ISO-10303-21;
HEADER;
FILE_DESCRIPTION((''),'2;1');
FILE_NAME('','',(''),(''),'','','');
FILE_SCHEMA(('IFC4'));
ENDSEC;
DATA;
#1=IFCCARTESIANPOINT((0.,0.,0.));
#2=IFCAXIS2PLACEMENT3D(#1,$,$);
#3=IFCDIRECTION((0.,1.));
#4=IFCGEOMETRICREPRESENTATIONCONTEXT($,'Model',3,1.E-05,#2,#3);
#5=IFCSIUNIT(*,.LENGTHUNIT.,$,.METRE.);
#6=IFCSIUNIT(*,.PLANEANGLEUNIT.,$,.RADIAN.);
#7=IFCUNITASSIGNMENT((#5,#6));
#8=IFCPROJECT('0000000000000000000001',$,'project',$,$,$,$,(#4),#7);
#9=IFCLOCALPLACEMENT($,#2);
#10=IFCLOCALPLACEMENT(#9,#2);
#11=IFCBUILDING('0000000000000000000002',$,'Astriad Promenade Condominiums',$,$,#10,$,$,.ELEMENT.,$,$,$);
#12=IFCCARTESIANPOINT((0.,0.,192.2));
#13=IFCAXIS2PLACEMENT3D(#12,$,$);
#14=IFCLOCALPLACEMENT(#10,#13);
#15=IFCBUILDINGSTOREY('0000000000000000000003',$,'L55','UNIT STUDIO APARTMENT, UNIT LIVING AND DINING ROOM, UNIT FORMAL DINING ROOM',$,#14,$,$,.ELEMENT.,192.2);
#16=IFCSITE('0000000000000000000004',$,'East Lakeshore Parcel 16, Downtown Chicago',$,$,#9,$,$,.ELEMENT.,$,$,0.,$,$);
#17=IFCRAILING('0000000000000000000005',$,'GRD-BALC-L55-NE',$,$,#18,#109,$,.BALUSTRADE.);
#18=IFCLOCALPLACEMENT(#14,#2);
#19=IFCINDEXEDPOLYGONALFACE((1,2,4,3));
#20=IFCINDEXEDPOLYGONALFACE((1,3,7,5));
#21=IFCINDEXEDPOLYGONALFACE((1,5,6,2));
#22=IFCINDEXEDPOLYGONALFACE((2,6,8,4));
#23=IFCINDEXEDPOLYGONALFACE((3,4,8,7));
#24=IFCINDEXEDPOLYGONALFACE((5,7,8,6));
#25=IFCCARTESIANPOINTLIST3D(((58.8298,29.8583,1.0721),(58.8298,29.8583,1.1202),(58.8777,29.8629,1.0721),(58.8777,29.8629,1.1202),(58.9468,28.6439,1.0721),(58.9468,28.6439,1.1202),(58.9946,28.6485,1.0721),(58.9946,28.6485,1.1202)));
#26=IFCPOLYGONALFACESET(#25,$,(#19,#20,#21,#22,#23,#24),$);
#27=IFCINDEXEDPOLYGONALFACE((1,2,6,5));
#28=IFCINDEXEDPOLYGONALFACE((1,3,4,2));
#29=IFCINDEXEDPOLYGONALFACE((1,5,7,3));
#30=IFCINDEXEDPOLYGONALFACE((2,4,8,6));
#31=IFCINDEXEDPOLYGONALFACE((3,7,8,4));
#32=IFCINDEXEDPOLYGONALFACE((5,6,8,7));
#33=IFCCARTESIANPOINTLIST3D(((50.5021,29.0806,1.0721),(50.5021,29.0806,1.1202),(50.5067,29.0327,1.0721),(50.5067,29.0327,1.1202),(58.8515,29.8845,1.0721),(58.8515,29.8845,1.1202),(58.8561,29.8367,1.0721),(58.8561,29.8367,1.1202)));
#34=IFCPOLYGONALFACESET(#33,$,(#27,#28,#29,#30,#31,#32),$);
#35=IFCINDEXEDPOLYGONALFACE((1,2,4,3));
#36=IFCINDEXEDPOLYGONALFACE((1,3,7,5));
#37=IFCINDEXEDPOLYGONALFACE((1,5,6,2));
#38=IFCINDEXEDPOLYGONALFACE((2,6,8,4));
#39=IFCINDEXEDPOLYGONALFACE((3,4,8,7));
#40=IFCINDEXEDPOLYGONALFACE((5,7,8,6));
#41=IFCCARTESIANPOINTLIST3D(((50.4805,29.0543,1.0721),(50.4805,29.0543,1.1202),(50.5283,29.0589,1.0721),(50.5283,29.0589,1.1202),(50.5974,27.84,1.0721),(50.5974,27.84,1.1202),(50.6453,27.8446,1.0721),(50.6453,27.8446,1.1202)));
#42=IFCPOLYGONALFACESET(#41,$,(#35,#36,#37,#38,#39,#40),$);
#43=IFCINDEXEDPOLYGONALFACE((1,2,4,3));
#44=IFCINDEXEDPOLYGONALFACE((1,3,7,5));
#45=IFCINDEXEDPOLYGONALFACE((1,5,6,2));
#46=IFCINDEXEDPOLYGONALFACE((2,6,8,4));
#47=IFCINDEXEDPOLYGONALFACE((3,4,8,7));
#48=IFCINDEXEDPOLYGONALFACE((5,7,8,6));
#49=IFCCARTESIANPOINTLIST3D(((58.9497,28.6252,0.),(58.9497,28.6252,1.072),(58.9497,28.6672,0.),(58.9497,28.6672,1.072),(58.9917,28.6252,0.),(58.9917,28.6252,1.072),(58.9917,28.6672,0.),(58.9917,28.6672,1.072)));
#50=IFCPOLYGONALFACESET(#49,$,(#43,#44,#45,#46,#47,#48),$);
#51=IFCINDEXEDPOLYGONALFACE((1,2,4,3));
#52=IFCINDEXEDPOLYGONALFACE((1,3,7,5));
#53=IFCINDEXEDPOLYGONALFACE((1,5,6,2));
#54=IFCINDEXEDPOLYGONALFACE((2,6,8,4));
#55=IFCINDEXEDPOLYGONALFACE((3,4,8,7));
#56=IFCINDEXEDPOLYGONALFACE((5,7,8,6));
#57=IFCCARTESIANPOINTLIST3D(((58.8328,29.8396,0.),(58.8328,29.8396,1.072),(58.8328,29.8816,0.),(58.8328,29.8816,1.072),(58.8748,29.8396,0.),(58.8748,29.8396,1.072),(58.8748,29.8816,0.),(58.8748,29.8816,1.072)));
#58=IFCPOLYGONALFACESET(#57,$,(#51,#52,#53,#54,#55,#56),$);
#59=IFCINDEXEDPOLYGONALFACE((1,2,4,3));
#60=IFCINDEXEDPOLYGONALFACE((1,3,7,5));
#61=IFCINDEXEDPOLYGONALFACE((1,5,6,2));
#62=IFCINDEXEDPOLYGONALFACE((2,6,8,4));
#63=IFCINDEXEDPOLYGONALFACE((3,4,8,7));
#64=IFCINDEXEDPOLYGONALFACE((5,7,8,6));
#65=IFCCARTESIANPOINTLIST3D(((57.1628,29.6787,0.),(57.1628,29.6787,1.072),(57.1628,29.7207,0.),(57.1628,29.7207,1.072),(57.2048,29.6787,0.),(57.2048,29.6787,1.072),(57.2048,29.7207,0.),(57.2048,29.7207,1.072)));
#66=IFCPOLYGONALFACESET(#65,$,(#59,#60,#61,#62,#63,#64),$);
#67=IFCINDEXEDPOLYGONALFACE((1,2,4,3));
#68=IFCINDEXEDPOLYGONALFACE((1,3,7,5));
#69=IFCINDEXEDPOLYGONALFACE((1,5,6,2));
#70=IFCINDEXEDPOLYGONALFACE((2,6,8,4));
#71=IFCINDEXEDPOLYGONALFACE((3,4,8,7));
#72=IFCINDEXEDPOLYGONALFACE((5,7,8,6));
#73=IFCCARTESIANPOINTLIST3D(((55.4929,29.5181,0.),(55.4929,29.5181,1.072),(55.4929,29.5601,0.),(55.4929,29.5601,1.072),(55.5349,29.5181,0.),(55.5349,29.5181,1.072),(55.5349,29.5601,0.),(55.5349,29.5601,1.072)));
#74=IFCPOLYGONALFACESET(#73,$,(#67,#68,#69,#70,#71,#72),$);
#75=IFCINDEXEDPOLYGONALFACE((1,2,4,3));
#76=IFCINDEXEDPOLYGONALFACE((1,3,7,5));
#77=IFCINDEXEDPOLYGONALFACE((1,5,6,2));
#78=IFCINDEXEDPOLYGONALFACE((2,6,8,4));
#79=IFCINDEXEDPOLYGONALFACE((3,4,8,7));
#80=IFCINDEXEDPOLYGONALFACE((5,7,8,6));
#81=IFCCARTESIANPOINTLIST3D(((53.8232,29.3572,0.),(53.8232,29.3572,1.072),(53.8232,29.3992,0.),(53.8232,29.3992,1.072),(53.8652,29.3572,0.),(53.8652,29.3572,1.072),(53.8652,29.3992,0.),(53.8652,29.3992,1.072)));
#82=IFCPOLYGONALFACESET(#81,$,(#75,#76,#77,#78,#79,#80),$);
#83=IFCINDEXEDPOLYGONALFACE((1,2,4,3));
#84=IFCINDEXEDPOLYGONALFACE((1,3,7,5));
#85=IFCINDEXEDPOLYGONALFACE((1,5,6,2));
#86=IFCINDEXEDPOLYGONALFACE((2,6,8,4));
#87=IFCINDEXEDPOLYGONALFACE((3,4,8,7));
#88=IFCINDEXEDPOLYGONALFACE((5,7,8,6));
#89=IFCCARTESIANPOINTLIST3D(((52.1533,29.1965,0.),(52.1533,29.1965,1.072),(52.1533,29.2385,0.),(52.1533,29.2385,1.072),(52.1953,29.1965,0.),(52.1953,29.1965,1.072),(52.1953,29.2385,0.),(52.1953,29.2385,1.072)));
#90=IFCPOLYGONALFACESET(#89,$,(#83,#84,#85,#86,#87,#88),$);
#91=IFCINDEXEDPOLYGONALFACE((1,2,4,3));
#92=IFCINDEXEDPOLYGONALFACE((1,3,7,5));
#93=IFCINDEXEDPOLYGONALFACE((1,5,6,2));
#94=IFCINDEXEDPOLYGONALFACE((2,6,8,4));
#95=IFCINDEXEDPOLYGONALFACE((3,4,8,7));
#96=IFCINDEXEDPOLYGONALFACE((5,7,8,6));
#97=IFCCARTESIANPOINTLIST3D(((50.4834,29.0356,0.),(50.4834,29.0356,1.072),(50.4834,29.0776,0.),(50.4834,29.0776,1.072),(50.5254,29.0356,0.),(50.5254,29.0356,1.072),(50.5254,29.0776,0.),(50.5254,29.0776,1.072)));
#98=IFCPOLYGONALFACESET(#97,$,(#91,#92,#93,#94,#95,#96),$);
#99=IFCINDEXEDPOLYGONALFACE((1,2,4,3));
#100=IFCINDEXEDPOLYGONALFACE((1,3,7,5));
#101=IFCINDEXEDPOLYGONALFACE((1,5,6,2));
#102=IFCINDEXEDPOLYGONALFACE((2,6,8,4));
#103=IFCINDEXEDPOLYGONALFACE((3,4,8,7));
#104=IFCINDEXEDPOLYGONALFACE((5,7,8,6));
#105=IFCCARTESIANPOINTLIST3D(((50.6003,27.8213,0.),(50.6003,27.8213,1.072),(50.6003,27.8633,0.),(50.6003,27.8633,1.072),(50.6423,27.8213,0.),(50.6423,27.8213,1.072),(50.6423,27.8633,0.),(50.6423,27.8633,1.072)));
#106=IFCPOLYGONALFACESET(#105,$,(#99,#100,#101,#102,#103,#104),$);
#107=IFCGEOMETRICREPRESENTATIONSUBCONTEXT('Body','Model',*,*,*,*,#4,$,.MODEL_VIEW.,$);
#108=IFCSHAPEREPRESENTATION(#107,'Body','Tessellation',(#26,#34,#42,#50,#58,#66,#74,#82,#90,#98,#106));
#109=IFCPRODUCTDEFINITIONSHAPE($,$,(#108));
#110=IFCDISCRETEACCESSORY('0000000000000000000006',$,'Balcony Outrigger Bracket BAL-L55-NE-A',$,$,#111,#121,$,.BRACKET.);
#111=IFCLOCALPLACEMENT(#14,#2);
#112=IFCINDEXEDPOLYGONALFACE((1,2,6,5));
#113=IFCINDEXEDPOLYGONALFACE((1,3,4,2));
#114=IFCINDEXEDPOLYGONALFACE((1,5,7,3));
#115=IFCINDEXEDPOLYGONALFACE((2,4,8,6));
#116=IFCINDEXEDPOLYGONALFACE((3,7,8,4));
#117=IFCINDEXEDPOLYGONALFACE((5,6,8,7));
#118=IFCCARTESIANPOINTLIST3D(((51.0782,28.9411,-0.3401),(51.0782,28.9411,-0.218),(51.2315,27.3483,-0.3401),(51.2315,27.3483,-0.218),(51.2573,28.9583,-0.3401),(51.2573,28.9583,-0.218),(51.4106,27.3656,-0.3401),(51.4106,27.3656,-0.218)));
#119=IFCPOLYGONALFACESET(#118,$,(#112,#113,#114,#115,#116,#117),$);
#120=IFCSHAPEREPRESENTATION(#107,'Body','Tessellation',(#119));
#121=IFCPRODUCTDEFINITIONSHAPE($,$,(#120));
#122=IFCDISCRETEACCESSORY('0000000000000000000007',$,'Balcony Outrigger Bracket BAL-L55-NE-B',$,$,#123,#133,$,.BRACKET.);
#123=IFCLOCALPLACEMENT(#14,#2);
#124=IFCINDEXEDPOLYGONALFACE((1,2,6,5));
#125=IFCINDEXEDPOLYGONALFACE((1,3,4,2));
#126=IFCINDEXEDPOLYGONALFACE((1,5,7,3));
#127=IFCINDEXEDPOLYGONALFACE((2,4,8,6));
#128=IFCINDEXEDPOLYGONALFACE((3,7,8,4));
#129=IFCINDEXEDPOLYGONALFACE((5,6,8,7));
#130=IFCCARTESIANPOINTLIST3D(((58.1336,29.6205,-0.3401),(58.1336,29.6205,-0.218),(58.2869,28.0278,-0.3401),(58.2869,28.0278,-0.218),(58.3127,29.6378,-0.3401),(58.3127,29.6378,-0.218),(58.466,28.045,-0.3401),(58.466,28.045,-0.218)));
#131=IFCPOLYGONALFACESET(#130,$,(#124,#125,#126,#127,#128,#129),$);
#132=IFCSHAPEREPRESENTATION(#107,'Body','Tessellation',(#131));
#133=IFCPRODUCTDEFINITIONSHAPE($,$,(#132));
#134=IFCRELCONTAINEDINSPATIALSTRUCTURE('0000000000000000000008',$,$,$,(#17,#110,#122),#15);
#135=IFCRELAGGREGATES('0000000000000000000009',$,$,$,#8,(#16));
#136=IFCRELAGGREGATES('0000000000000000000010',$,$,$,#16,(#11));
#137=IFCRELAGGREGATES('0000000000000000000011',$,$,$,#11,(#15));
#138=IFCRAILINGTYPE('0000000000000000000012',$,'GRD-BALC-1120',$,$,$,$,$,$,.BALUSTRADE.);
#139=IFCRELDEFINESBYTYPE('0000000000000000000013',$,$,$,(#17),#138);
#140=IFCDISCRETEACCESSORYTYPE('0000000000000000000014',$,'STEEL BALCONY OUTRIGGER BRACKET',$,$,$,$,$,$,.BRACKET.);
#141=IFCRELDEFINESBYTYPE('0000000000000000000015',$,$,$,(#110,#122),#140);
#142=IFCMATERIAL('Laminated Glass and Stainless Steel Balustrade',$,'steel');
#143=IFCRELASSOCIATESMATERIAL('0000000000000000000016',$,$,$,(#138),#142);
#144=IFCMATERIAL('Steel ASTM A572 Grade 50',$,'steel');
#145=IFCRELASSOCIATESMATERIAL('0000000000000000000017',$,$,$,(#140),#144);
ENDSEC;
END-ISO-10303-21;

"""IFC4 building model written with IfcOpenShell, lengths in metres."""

from ifc_helpers import new_model, si_unit, direction, frame, origin, origin_2d, place, context, subcontext, project, spatial, rectangle, extrude, source, transform, mapped, material, type_object, type_shapes, element, save


model = new_model("IFC4")

# Units and contexts
model_context = context("Model", 3, precision=1e-05, world=origin(), true_north=direction((0.0, 1.0)))
body_context = subcontext(model_context, "Body", "Model", "MODEL_VIEW")
ifc_project = project(units=[si_unit("LENGTHUNIT", "METRE"), si_unit("PLANEANGLEUNIT", "RADIAN")], contexts=[model_context])

# Site, building, storey
site_placement = place(None, origin())
site = spatial("IfcSite", under=ifc_project, at=site_placement, Name="East Lakeshore Parcel 16, Downtown Chicago", CompositionType="ELEMENT", RefElevation=0.0)
building_placement = place(site_placement, origin())
building = spatial("IfcBuilding", under=site, at=building_placement, Name="Astriad Promenade Condominiums", CompositionType="ELEMENT")
storey_placement = place(building_placement, frame((0.0, 0.0, 192.2)))
storey = spatial("IfcBuildingStorey", under=building, at=storey_placement, Name="L55", Description="UNIT STUDIO APARTMENT, UNIT LIVING AND DINING ROOM, UNIT FORMAL DINING ROOM", CompositionType="ELEMENT", Elevation=192.2)

# Railing
ifc_material_1 = material(Name="Laminated Glass and Stainless Steel Balustrade", Category="steel")
railing_type = type_object("IfcRailingType", Name="GRD-BALC-1120", PredefinedType="BALUSTRADE", material=ifc_material_1)
shared_shape_1 = source(origin(), body_context, "Body", "SweptSolid", [
    extrude(rectangle(XDim=0.0481, YDim=0.0481, at=origin_2d()), frame((0.0, 0.0, 1.0962), z_axis=(-0.095857, 0.995395, 0.0), x_axis=(-0.995395, -0.095857, 0.0)), (0.0, 0.0, 1.0), 1.22),
    extrude(rectangle(XDim=0.0481, YDim=0.0481, at=origin_2d()), frame((-0.1169, 1.2144, 1.0962), z_axis=(-0.995396, -0.095846, 0.0), x_axis=(0.095846, -0.995396, 0.0)), (0.0, 0.0, 1.0), 8.3879),
    extrude(rectangle(XDim=0.0481, YDim=0.0481, at=origin_2d()), frame((-8.4663, 0.4104, 1.0962), z_axis=(0.095857, -0.995395, 0.0), x_axis=(0.995395, 0.095857, 0.0)), (0.0, 0.0, 1.0), 1.22),
    extrude(rectangle(XDim=0.042, YDim=0.042, at=origin_2d()), origin(), (0.0, 0.0, 1.0), 1.072),
    extrude(rectangle(XDim=0.042, YDim=0.042, at=origin_2d()), frame((-0.1169, 1.2144, 0.0)), (0.0, 0.0, 1.0), 1.072),
    extrude(rectangle(XDim=0.042, YDim=0.042, at=origin_2d()), frame((-1.7869, 1.0535, 0.0)), (0.0, 0.0, 1.0), 1.072),
    extrude(rectangle(XDim=0.042, YDim=0.042, at=origin_2d()), frame((-3.4568, 0.8928, 0.0)), (0.0, 0.0, 1.0), 1.072),
    extrude(rectangle(XDim=0.042, YDim=0.042, at=origin_2d()), frame((-5.1265, 0.7319, 0.0)), (0.0, 0.0, 1.0), 1.072),
    extrude(rectangle(XDim=0.042, YDim=0.042, at=origin_2d()), frame((-6.7964, 0.5713, 0.0)), (0.0, 0.0, 1.0), 1.072),
    extrude(rectangle(XDim=0.042, YDim=0.042, at=origin_2d()), frame((-8.4663, 0.4104, 0.0)), (0.0, 0.0, 1.0), 1.072),
    extrude(rectangle(XDim=0.042, YDim=0.042, at=origin_2d()), frame((-8.3494, -0.804, 0.0)), (0.0, 0.0, 1.0), 1.072),
])
type_shapes(railing_type, [shared_shape_1])
railing_placement = place(storey_placement, frame((58.9707, 28.6462, 0.0)))
element("IfcRailing", 1, at=railing_placement, inside=storey, type_object=railing_type, Name="GRD-BALC-L55-NE", PredefinedType="BALUSTRADE", context=body_context, shape_type="MappedRepresentation", body=[
    mapped(shared_shape_1, transform((0.0, 0.0, 0.0), scale=1.0)),
])

# Discrete accessories
ifc_material_2 = material(Name="Steel ASTM A572 Grade 50", Category="steel")
discrete_accessory_type = type_object("IfcDiscreteAccessoryType", Name="STEEL BALCONY OUTRIGGER BRACKET", PredefinedType="BRACKET", material=ifc_material_2)
shared_shape_2 = source(origin(), body_context, "Body", "SweptSolid", [
    extrude(rectangle(XDim=1.6001, YDim=0.1799, at=origin_2d()), origin(), (0.0, 0.0, 1.0), 0.1221),
])
type_shapes(discrete_accessory_type, [shared_shape_2])
for number, where, z_axis, x_axis, name in (
    (2, (51.2444, 28.1533, -0.3401), (0.0, 0.0, 1.0), (-0.095846, 0.995396, 0.0), "Balcony Outrigger Bracket BAL-L55-NE-A"),
    (3, (58.2998, 28.8328, -0.3401), (0.0, 0.0, 1.0), (-0.095846, 0.995396, 0.0), "Balcony Outrigger Bracket BAL-L55-NE-B"),
):
    element("IfcDiscreteAccessory", number, at=place(storey_placement, frame(where, z_axis=z_axis, x_axis=x_axis)), inside=storey, type_object=discrete_accessory_type, Name=name, PredefinedType="BRACKET", context=body_context, shape_type="MappedRepresentation", body=[
        mapped(shared_shape_2, transform((0.0, 0.0, 0.0), scale=1.0)),
    ])

save(model, "model.ifc")
